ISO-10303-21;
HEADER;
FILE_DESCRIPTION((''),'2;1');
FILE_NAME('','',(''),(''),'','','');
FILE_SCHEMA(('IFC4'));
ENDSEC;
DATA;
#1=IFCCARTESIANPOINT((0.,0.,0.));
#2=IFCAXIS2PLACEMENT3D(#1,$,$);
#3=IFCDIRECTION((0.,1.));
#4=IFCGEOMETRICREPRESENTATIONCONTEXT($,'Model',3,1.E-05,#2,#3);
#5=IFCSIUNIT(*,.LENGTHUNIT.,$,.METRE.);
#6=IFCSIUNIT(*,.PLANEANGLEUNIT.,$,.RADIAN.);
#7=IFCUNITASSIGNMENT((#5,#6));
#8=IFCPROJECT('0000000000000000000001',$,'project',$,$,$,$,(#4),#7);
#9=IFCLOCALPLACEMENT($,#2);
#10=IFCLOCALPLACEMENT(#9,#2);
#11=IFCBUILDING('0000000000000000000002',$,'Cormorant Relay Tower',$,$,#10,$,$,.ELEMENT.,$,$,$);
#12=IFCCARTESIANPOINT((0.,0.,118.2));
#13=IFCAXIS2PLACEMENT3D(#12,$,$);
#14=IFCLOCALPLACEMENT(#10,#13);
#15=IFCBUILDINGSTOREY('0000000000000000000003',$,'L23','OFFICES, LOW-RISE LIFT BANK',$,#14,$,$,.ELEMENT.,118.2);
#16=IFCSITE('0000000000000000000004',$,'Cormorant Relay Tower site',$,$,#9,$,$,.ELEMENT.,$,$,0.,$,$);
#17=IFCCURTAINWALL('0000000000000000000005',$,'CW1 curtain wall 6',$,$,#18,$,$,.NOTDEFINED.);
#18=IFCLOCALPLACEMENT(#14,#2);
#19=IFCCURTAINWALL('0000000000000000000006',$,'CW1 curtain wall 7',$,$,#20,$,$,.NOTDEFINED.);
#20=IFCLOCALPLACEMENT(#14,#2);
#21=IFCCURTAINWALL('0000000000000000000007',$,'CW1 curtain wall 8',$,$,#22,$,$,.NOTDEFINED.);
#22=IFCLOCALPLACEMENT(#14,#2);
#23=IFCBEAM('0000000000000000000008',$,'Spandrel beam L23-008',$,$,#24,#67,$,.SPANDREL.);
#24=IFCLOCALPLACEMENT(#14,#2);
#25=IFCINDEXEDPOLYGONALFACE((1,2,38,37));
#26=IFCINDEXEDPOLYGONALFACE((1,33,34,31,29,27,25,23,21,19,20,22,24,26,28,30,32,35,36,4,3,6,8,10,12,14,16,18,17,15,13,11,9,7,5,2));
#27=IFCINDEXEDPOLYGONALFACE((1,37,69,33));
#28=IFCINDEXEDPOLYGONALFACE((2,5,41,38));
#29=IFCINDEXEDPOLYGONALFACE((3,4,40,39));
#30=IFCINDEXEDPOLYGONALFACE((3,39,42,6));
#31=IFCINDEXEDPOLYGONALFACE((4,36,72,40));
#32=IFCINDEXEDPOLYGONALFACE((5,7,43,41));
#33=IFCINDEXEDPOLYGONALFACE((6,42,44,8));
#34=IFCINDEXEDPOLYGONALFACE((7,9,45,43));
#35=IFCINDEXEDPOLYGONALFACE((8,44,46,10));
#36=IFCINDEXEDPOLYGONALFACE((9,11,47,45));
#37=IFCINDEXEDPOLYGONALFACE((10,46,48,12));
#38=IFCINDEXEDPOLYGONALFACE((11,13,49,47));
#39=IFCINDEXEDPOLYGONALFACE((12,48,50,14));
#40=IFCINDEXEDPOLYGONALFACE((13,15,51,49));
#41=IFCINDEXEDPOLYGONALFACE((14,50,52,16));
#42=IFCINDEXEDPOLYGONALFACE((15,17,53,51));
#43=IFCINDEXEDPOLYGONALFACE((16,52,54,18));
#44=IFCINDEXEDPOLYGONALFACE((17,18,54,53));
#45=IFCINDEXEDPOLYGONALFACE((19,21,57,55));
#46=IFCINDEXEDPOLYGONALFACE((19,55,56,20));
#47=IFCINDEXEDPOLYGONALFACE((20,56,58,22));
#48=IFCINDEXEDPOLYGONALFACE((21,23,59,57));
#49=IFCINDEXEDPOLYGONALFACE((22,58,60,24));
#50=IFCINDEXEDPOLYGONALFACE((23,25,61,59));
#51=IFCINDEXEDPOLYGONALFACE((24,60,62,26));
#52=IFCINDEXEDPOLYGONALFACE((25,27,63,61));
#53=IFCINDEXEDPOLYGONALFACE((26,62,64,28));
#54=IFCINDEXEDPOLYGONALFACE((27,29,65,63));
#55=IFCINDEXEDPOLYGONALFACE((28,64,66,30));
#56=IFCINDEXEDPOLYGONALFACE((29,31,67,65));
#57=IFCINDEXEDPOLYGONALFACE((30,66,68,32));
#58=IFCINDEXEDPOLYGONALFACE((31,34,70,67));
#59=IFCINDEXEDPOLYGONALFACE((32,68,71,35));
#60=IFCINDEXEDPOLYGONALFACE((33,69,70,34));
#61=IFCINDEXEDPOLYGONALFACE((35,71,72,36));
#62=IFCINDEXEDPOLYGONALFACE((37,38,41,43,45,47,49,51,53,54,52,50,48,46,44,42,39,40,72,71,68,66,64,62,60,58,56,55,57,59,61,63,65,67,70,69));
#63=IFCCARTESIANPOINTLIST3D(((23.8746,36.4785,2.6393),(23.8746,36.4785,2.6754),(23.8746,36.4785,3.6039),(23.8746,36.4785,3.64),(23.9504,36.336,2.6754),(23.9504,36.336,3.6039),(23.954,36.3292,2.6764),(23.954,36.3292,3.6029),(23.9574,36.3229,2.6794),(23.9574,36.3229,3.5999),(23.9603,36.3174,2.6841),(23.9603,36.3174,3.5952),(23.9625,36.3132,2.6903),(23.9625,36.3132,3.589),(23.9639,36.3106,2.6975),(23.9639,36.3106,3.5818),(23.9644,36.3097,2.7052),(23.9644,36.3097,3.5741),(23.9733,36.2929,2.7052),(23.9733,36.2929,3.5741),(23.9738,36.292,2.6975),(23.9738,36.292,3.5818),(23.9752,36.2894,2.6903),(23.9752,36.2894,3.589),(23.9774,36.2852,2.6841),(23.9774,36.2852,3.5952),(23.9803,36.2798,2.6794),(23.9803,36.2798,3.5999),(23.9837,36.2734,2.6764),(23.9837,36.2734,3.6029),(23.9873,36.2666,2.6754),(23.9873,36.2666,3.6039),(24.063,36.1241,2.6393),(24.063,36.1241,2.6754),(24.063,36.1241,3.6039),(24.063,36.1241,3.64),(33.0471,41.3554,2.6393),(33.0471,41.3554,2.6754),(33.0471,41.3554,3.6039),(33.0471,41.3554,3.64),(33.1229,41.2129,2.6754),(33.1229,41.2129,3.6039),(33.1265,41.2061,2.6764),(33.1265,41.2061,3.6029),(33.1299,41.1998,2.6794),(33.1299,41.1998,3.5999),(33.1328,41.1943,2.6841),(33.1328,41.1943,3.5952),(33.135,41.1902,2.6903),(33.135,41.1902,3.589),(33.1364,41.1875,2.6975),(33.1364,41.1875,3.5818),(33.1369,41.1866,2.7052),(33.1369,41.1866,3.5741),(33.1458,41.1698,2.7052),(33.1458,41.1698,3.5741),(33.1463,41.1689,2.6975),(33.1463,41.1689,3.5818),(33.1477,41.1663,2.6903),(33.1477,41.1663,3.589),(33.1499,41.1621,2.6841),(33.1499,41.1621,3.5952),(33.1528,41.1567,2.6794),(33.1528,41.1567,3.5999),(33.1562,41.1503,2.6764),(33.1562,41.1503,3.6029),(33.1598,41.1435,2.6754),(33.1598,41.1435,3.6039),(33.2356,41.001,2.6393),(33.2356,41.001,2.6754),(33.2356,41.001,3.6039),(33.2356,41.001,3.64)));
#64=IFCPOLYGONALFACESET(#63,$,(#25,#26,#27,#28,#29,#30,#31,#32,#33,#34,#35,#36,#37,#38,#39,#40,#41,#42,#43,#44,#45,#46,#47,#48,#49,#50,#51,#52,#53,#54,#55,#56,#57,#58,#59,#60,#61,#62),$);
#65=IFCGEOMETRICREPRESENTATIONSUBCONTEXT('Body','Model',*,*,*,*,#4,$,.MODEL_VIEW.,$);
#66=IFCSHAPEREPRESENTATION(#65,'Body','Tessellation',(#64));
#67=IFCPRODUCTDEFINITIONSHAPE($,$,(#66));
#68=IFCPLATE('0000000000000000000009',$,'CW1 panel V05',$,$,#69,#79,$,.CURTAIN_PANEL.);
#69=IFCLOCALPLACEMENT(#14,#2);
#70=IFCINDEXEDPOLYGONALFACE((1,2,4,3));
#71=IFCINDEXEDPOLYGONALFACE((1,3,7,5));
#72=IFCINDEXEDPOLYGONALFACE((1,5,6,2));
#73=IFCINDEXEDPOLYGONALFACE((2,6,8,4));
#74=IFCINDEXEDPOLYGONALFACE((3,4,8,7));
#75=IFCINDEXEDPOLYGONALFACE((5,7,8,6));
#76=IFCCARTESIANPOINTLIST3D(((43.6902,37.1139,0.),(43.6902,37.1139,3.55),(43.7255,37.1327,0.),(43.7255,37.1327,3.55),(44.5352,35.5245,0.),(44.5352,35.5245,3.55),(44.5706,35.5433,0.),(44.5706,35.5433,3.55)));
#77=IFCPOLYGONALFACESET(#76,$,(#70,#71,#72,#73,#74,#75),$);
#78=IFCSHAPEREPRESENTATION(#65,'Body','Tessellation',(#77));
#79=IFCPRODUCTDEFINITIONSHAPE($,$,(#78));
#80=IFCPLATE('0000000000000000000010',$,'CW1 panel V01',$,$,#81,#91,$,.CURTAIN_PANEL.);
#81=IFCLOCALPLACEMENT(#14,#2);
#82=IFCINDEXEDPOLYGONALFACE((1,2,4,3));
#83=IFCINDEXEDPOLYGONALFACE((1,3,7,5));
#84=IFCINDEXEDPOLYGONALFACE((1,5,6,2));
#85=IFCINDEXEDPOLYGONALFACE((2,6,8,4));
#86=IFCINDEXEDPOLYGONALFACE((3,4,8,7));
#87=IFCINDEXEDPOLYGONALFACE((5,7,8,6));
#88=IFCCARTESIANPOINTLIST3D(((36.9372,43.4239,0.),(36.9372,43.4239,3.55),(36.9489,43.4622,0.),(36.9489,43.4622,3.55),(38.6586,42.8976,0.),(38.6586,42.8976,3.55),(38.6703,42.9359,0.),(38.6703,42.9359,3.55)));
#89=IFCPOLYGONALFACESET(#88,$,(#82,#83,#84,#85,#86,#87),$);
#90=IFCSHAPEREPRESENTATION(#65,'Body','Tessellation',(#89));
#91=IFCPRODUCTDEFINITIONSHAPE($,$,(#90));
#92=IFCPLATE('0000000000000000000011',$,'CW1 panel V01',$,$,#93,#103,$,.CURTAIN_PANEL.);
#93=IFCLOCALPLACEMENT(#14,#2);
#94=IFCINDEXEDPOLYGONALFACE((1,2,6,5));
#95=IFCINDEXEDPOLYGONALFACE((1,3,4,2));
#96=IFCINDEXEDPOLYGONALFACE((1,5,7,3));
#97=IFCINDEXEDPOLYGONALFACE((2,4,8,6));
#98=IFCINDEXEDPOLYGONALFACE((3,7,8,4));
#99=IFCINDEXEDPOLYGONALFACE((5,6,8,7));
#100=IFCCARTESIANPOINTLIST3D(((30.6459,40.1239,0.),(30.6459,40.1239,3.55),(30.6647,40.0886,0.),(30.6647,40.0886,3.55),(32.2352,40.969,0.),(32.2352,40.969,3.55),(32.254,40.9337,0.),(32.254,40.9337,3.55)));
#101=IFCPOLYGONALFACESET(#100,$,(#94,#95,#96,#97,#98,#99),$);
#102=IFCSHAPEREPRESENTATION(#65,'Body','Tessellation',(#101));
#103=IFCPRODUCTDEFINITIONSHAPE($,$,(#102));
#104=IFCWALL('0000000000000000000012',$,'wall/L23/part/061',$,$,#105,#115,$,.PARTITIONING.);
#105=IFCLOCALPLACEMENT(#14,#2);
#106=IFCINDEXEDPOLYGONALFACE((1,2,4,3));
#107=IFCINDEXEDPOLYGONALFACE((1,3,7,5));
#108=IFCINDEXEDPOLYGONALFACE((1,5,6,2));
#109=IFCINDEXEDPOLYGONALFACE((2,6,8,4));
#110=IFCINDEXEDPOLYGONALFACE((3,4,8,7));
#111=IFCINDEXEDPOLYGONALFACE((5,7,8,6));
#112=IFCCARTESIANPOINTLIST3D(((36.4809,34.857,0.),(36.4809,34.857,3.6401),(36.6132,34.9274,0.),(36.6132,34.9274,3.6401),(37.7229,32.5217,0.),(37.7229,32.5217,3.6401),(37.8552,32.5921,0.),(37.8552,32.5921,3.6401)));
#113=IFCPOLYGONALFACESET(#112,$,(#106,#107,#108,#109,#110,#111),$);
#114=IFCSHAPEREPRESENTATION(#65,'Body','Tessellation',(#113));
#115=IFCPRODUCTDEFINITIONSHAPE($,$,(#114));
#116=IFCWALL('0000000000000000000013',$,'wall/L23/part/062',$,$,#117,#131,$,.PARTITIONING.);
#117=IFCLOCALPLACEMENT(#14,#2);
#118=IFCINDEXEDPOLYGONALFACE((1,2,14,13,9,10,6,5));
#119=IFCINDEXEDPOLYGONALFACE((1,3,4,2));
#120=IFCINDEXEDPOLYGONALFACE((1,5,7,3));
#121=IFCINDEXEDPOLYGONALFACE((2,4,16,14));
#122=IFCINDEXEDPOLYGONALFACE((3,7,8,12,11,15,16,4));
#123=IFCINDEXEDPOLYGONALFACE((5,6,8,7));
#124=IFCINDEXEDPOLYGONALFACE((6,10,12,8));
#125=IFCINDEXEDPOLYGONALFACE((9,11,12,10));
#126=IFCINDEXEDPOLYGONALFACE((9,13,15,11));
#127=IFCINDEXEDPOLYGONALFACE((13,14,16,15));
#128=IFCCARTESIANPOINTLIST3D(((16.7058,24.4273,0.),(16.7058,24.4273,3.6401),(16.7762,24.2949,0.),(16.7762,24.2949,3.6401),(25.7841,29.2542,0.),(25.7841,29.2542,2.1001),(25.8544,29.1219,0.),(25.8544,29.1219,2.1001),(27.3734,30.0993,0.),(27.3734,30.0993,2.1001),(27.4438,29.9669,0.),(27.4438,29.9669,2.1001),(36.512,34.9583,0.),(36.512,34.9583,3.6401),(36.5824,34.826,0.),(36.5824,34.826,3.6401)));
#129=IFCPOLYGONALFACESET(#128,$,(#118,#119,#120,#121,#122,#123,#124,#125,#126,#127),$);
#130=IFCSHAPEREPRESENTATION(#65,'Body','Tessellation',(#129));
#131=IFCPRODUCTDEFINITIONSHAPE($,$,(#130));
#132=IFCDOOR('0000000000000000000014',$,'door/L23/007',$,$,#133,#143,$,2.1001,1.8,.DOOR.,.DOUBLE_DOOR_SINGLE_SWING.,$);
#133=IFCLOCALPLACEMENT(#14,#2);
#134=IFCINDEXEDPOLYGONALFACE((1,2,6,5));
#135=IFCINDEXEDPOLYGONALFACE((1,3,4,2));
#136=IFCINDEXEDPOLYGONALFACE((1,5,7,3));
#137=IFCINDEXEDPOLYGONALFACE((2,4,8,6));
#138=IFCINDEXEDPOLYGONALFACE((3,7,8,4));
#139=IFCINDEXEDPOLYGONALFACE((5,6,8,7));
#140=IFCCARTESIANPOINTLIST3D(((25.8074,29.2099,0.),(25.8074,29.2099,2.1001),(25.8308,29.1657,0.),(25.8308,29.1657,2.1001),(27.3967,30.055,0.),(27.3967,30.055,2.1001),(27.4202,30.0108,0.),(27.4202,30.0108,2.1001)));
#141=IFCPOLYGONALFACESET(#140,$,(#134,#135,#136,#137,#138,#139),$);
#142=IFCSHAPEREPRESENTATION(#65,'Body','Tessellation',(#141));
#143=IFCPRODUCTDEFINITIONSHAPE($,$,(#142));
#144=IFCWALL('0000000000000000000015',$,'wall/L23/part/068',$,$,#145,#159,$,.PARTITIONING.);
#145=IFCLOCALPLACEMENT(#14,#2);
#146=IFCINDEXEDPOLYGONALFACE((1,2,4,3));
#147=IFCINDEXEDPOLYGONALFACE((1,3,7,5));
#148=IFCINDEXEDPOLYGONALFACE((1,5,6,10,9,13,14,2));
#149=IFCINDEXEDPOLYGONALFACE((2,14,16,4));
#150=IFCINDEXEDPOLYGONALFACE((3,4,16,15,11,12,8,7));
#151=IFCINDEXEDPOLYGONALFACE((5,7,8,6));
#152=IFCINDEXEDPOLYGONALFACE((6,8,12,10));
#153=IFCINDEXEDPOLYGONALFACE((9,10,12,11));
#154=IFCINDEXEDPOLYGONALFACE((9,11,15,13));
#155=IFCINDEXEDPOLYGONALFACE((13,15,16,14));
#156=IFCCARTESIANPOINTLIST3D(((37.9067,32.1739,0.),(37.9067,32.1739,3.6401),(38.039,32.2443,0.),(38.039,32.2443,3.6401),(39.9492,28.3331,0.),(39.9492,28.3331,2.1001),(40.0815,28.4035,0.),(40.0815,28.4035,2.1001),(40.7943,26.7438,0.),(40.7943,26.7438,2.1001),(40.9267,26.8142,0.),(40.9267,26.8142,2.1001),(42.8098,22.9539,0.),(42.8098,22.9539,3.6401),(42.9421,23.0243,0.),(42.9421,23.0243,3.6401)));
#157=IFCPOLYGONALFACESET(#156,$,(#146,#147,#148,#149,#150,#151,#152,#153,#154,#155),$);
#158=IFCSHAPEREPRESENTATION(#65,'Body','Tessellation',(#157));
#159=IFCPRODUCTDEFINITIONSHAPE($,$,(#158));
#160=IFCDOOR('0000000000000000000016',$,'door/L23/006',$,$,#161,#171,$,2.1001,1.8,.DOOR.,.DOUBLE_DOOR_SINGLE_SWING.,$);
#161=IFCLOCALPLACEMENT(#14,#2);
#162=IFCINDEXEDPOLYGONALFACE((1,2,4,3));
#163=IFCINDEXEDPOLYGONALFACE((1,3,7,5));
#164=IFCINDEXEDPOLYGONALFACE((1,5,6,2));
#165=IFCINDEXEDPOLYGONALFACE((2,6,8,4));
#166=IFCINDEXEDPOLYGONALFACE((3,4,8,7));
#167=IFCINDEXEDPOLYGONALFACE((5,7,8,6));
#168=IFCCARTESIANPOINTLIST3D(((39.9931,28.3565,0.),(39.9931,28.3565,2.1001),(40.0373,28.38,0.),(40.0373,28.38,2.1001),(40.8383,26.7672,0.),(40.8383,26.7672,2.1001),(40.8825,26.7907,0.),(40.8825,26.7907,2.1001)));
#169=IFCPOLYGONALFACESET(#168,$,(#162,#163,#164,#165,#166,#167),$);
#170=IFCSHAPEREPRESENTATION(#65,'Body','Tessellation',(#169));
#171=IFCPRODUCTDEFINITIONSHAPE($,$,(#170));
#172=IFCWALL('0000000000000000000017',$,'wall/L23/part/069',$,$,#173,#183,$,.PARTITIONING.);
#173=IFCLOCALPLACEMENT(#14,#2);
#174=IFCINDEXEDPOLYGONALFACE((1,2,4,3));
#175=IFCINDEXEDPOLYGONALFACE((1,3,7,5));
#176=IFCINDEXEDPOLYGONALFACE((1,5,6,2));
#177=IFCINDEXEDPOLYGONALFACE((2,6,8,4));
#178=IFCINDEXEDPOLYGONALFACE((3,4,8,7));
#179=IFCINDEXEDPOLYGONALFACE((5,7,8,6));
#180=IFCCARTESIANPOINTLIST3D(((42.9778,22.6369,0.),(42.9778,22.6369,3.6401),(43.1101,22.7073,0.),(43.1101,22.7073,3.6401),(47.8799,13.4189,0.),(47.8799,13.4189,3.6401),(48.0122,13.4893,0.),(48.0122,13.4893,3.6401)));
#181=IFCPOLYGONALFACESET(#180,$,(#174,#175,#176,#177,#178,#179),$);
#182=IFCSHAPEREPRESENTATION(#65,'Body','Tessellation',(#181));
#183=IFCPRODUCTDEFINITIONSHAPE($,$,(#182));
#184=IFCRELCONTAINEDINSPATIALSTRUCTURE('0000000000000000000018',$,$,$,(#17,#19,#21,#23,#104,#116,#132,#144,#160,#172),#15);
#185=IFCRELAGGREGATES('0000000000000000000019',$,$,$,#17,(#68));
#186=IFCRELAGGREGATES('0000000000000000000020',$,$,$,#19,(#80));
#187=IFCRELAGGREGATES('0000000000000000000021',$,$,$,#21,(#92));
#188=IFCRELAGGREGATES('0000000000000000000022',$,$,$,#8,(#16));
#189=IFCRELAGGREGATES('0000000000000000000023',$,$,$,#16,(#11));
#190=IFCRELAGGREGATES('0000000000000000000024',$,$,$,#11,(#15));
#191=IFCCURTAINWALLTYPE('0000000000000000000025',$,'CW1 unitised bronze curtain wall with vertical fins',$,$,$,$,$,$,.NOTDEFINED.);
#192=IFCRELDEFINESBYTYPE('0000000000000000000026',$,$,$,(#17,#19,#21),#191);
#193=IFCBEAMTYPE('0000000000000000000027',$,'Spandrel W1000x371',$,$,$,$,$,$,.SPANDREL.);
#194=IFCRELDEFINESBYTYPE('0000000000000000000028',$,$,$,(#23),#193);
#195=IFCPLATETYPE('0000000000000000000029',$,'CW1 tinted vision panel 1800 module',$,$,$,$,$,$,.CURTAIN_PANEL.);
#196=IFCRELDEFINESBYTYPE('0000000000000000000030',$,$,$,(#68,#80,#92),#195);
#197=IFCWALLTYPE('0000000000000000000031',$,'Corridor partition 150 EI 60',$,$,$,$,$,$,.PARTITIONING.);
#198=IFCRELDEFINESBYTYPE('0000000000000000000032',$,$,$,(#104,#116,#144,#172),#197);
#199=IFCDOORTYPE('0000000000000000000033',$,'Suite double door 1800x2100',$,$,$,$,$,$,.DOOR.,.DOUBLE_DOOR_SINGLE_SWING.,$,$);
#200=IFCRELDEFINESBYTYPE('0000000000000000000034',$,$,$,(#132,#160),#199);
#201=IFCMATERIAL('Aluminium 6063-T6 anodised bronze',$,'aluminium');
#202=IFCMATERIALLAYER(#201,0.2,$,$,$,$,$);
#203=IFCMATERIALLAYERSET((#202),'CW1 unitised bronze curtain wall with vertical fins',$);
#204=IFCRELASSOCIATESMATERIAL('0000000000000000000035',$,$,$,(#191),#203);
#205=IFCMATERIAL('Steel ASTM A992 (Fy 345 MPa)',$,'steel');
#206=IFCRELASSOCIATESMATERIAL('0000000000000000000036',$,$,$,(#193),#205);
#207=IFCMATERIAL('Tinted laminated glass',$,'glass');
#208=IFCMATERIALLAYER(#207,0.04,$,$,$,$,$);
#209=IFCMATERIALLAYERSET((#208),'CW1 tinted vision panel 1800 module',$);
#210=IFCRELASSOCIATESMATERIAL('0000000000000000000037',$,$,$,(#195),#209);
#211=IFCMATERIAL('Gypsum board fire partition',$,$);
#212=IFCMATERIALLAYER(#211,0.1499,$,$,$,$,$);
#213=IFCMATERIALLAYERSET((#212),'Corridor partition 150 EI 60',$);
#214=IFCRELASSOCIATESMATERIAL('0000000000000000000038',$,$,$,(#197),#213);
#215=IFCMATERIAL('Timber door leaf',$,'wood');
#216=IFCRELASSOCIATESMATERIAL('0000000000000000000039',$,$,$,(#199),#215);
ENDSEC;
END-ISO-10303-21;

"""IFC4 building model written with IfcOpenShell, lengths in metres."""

from ifc_helpers import new_model, si_unit, direction, frame, frame_2d, origin, origin_2d, place, context, subcontext, project, spatial, rectangle, i_section, extrude, material, layer, layer_set, material_profile, profile_set, type_object, element, fill, aggregate, save


model = new_model("IFC4")

# Units and contexts
model_context = context("Model", 3, precision=1e-05, world=origin(), true_north=direction((0.0, 1.0)))
body_context = subcontext(model_context, "Body", "Model", "MODEL_VIEW")
ifc_project = project(units=[si_unit("LENGTHUNIT", "METRE"), si_unit("PLANEANGLEUNIT", "RADIAN")], contexts=[model_context])

# Site, building, storey
site_placement = place(None, origin())
site = spatial("IfcSite", under=ifc_project, at=site_placement, Name="Cormorant Relay Tower site", CompositionType="ELEMENT", RefElevation=0.0)
building_placement = place(site_placement, origin())
building = spatial("IfcBuilding", under=site, at=building_placement, Name="Cormorant Relay Tower", CompositionType="ELEMENT")
storey_placement = place(building_placement, frame((0.0, 0.0, 118.2)))
storey = spatial("IfcBuildingStorey", under=building, at=storey_placement, Name="L23", Description="OFFICES, LOW-RISE LIFT BANK", CompositionType="ELEMENT", Elevation=118.2)

# Curtain walls
ifc_material_1 = material(Name="Aluminium 6063-T6 anodised bronze", Category="aluminium")
ifc_layer_1 = layer(ifc_material_1, 0.2)
ifc_layer_set_1 = layer_set([ifc_layer_1], Name="CW1 unitised bronze curtain wall with vertical fins")
curtain_wall_type = type_object("IfcCurtainWallType", Name="CW1 unitised bronze curtain wall with vertical fins", PredefinedType="NOTDEFINED", material=ifc_layer_set_1)
curtain_wall_1_placement = place(storey_placement, origin())
curtain_wall_1 = element("IfcCurtainWall", 1, at=curtain_wall_1_placement, inside=storey, type_object=curtain_wall_type, Name="CW1 curtain wall 6", PredefinedType="NOTDEFINED")
curtain_wall_2_placement = place(storey_placement, origin())
curtain_wall_2 = element("IfcCurtainWall", 2, at=curtain_wall_2_placement, inside=storey, type_object=curtain_wall_type, Name="CW1 curtain wall 7", PredefinedType="NOTDEFINED")

# Curtain wall
curtain_wall_3_placement = place(storey_placement, origin())
curtain_wall_3 = element("IfcCurtainWall", 3, at=curtain_wall_3_placement, inside=storey, type_object=curtain_wall_type, Name="CW1 curtain wall 8", PredefinedType="NOTDEFINED")

# Beam
ifc_material_2 = material(Name="Steel ASTM A992 (Fy 345 MPa)", Category="steel")
ifc_material_profile_1 = material_profile(ifc_material_2, i_section(OverallWidth=0.4014, OverallDepth=1.0007, WebThickness=0.019, FlangeThickness=0.0361, FilletRadius=0.0298, at=origin_2d()), Name="W1000x371")
ifc_profile_set_1 = profile_set([ifc_material_profile_1], Name="Steel ASTM A992 (Fy 345 MPa)")
beam_type = type_object("IfcBeamType", Name="Spandrel W1000x371", PredefinedType="SPANDREL", material=ifc_profile_set_1)
beam_1_placement = place(storey_placement, frame((33.1414, 41.1782, 3.1396), z_axis=(-0.882956, -0.469456, 0.0), x_axis=(0.469456, -0.882956, 0.0)))
element("IfcBeam", 4, at=beam_1_placement, inside=storey, type_object=beam_type, Name="Spandrel beam L23-008", PredefinedType="SPANDREL", context=body_context, shape_type="SweptSolid", body=[
    extrude(i_section(OverallWidth=0.4014, OverallDepth=1.0007, WebThickness=0.019, FlangeThickness=0.0361, FilletRadius=0.0298, at=origin_2d()), origin(), (0.0, 0.0, 1.0), 10.3884),
])

# Plates
ifc_material_3 = material(Name="Tinted laminated glass", Category="glass")
ifc_layer_2 = layer(ifc_material_3, 0.04)
ifc_layer_set_2 = layer_set([ifc_layer_2], Name="CW1 tinted vision panel 1800 module")
plate_type = type_object("IfcPlateType", Name="CW1 tinted vision panel 1800 module", PredefinedType="CURTAIN_PANEL", material=ifc_layer_set_2)
plate_1_placement = place(storey_placement, frame((44.1304, 36.3286, 0.0), z_axis=(0.0, 0.0, 1.0), x_axis=(-0.469472, 0.882948, 0.0)))
plate_1 = element("IfcPlate", 5, at=plate_1_placement, type_object=plate_type, Name="CW1 panel V05", PredefinedType="CURTAIN_PANEL", context=body_context, shape_type="SweptSolid", body=[
    extrude(rectangle(XDim=1.8, YDim=0.04, at=origin_2d()), origin(), (0.0, 0.0, 1.0), 3.55),
])
plate_2_placement = place(storey_placement, frame((37.8037, 43.1799, 0.0), z_axis=(0.0, 0.0, 1.0), x_axis=(-0.956305, 0.292372, 0.0)))
plate_2 = element("IfcPlate", 6, at=plate_2_placement, type_object=plate_type, Name="CW1 panel V01", PredefinedType="CURTAIN_PANEL", context=body_context, shape_type="SweptSolid", body=[
    extrude(rectangle(XDim=1.8, YDim=0.04, at=origin_2d()), origin(), (0.0, 0.0, 1.0), 3.55),
])
plate_3_placement = place(storey_placement, frame((31.45, 40.5288, 0.0), z_axis=(0.0, 0.0, 1.0), x_axis=(-0.882948, -0.469472, 0.0)))
plate_3 = element("IfcPlate", 7, at=plate_3_placement, type_object=plate_type, Name="CW1 panel V01", PredefinedType="CURTAIN_PANEL", context=body_context, shape_type="SweptSolid", body=[
    extrude(rectangle(XDim=1.8, YDim=0.04, at=origin_2d()), origin(), (0.0, 0.0, 1.0), 3.55),
])

# Wall
ifc_material_4 = material(Name="Gypsum board fire partition")
ifc_layer_3 = layer(ifc_material_4, 0.1499)
ifc_layer_set_3 = layer_set([ifc_layer_3], Name="Corridor partition 150 EI 60")
wall_type_1 = type_object("IfcWallType", Name="Corridor partition 150 EI 60", PredefinedType="PARTITIONING", material=ifc_layer_set_3)
wall_1_placement = place(storey_placement, frame((37.7891, 32.5569, 0.0), z_axis=(0.0, 0.0, 1.0), x_axis=(-0.469558, 0.882902, 0.0)))
element("IfcWall", 8, at=wall_1_placement, inside=storey, type_object=wall_type_1, Name="wall/L23/part/061", PredefinedType="PARTITIONING", context=body_context, shape_type="SweptSolid", body=[
    extrude(rectangle(XDim=2.645, YDim=0.1499, at=frame_2d((1.3225, 0.0))), origin(), (0.0, 0.0, 1.0), 3.6401),
])

# Walls, openings, doors
wall_2_placement = place(storey_placement, frame((36.5471, 34.8921, 0.0), z_axis=(0.0, 0.0, 1.0), x_axis=(-0.88295, -0.469468, 0.0)))
wall_2 = element("IfcWall", 9, at=wall_2_placement, inside=storey, type_object=wall_type_1, Name="wall/L23/part/062", PredefinedType="PARTITIONING", context=body_context, shape_type="SweptSolid", body=[
    extrude(rectangle(XDim=22.4319, YDim=0.1499, at=frame_2d((11.2158, 0.0))), origin(), (0.0, 0.0, 1.0), 3.6401),
])
opening_1_placement = place(wall_2_placement, frame((10.3501, 0.0, 0.0)))
opening_1 = element("IfcOpeningElement", 10, at=opening_1_placement, cuts=wall_2, PredefinedType="OPENING", context=body_context, shape_type="SweptSolid", body=[
    extrude(rectangle(XDim=1.8, YDim=2.1001, at=frame_2d((0.8999, 1.05))), frame((0.0, 0.085, 0.0), z_axis=(0.0, -1.0, 0.0), x_axis=(1.0, 0.0, 0.0)), (0.0, 0.0, 1.0), 0.1699),
])
ifc_material_5 = material(Name="Timber door leaf", Category="wood")
door_type = type_object("IfcDoorType", Name="Suite double door 1800x2100", OperationType="DOUBLE_DOOR_SINGLE_SWING", PredefinedType="DOOR", material=ifc_material_5)
door_1_placement = place(opening_1_placement, frame((1.8, 0.0, 0.0), z_axis=(0.0, 0.0, 1.0), x_axis=(-1.0, 0.0, 0.0)))
door_1 = element("IfcDoor", 11, at=door_1_placement, inside=storey, type_object=door_type, Name="door/L23/007", OperationType="DOUBLE_DOOR_SINGLE_SWING", OverallHeight=2.1001, OverallWidth=1.8, PredefinedType="DOOR", context=body_context, shape_type="SweptSolid", body=[
    extrude(rectangle(XDim=1.8, YDim=2.1001, at=frame_2d((0.8999, 1.05))), frame((0.0, 0.0249, 0.0), z_axis=(0.0, -1.0, 0.0), x_axis=(1.0, 0.0, 0.0)), (0.0, 0.0, 1.0), 0.05),
])
fill(opening_1, door_1)
wall_3_placement = place(storey_placement, frame((37.9729, 32.209, 0.0), z_axis=(0.0, 0.0, 1.0), x_axis=(0.469526, -0.882919, 0.0)))
wall_3 = element("IfcWall", 12, at=wall_3_placement, inside=storey, type_object=wall_type_1, Name="wall/L23/part/068", PredefinedType="PARTITIONING", context=body_context, shape_type="SweptSolid", body=[
    extrude(rectangle(XDim=10.4426, YDim=0.1499, at=frame_2d((5.2212, 0.0))), origin(), (0.0, 0.0, 1.0), 3.6401),
])
opening_2_placement = place(wall_3_placement, frame((4.3501, 0.0, 0.0)))
opening_2 = element("IfcOpeningElement", 13, at=opening_2_placement, cuts=wall_3, PredefinedType="OPENING", context=body_context, shape_type="SweptSolid", body=[
    extrude(rectangle(XDim=1.8, YDim=2.1001, at=frame_2d((0.8999, 1.05))), frame((0.0, 0.085, 0.0), z_axis=(0.0, -1.0, 0.0), x_axis=(1.0, 0.0, 0.0)), (0.0, 0.0, 1.0), 0.1699),
])
door_2_placement = place(opening_2_placement, origin())
door_2 = element("IfcDoor", 14, at=door_2_placement, inside=storey, type_object=door_type, Name="door/L23/006", OperationType="DOUBLE_DOOR_SINGLE_SWING", OverallHeight=2.1001, OverallWidth=1.8, PredefinedType="DOOR", context=body_context, shape_type="SweptSolid", body=[
    extrude(rectangle(XDim=1.8, YDim=2.1001, at=frame_2d((0.8999, 1.05))), frame((0.0, 0.0249, 0.0), z_axis=(0.0, -1.0, 0.0), x_axis=(1.0, 0.0, 0.0)), (0.0, 0.0, 1.0), 0.05),
])
fill(opening_2, door_2)

# Wall
wall_4_placement = place(storey_placement, frame((43.0439, 22.6721, 0.0), z_axis=(0.0, 0.0, 1.0), x_axis=(0.469531, -0.882916, 0.0)))
element("IfcWall", 15, at=wall_4_placement, inside=storey, type_object=wall_type_1, Name="wall/L23/part/069", PredefinedType="PARTITIONING", context=body_context, shape_type="SweptSolid", body=[
    extrude(rectangle(XDim=10.4404, YDim=0.1499, at=frame_2d((5.2202, 0.0))), origin(), (0.0, 0.0, 1.0), 3.6401),
])

aggregate(curtain_wall_1, [plate_1])
aggregate(curtain_wall_2, [plate_2])
aggregate(curtain_wall_3, [plate_3])

save(model, "model.ifc")
